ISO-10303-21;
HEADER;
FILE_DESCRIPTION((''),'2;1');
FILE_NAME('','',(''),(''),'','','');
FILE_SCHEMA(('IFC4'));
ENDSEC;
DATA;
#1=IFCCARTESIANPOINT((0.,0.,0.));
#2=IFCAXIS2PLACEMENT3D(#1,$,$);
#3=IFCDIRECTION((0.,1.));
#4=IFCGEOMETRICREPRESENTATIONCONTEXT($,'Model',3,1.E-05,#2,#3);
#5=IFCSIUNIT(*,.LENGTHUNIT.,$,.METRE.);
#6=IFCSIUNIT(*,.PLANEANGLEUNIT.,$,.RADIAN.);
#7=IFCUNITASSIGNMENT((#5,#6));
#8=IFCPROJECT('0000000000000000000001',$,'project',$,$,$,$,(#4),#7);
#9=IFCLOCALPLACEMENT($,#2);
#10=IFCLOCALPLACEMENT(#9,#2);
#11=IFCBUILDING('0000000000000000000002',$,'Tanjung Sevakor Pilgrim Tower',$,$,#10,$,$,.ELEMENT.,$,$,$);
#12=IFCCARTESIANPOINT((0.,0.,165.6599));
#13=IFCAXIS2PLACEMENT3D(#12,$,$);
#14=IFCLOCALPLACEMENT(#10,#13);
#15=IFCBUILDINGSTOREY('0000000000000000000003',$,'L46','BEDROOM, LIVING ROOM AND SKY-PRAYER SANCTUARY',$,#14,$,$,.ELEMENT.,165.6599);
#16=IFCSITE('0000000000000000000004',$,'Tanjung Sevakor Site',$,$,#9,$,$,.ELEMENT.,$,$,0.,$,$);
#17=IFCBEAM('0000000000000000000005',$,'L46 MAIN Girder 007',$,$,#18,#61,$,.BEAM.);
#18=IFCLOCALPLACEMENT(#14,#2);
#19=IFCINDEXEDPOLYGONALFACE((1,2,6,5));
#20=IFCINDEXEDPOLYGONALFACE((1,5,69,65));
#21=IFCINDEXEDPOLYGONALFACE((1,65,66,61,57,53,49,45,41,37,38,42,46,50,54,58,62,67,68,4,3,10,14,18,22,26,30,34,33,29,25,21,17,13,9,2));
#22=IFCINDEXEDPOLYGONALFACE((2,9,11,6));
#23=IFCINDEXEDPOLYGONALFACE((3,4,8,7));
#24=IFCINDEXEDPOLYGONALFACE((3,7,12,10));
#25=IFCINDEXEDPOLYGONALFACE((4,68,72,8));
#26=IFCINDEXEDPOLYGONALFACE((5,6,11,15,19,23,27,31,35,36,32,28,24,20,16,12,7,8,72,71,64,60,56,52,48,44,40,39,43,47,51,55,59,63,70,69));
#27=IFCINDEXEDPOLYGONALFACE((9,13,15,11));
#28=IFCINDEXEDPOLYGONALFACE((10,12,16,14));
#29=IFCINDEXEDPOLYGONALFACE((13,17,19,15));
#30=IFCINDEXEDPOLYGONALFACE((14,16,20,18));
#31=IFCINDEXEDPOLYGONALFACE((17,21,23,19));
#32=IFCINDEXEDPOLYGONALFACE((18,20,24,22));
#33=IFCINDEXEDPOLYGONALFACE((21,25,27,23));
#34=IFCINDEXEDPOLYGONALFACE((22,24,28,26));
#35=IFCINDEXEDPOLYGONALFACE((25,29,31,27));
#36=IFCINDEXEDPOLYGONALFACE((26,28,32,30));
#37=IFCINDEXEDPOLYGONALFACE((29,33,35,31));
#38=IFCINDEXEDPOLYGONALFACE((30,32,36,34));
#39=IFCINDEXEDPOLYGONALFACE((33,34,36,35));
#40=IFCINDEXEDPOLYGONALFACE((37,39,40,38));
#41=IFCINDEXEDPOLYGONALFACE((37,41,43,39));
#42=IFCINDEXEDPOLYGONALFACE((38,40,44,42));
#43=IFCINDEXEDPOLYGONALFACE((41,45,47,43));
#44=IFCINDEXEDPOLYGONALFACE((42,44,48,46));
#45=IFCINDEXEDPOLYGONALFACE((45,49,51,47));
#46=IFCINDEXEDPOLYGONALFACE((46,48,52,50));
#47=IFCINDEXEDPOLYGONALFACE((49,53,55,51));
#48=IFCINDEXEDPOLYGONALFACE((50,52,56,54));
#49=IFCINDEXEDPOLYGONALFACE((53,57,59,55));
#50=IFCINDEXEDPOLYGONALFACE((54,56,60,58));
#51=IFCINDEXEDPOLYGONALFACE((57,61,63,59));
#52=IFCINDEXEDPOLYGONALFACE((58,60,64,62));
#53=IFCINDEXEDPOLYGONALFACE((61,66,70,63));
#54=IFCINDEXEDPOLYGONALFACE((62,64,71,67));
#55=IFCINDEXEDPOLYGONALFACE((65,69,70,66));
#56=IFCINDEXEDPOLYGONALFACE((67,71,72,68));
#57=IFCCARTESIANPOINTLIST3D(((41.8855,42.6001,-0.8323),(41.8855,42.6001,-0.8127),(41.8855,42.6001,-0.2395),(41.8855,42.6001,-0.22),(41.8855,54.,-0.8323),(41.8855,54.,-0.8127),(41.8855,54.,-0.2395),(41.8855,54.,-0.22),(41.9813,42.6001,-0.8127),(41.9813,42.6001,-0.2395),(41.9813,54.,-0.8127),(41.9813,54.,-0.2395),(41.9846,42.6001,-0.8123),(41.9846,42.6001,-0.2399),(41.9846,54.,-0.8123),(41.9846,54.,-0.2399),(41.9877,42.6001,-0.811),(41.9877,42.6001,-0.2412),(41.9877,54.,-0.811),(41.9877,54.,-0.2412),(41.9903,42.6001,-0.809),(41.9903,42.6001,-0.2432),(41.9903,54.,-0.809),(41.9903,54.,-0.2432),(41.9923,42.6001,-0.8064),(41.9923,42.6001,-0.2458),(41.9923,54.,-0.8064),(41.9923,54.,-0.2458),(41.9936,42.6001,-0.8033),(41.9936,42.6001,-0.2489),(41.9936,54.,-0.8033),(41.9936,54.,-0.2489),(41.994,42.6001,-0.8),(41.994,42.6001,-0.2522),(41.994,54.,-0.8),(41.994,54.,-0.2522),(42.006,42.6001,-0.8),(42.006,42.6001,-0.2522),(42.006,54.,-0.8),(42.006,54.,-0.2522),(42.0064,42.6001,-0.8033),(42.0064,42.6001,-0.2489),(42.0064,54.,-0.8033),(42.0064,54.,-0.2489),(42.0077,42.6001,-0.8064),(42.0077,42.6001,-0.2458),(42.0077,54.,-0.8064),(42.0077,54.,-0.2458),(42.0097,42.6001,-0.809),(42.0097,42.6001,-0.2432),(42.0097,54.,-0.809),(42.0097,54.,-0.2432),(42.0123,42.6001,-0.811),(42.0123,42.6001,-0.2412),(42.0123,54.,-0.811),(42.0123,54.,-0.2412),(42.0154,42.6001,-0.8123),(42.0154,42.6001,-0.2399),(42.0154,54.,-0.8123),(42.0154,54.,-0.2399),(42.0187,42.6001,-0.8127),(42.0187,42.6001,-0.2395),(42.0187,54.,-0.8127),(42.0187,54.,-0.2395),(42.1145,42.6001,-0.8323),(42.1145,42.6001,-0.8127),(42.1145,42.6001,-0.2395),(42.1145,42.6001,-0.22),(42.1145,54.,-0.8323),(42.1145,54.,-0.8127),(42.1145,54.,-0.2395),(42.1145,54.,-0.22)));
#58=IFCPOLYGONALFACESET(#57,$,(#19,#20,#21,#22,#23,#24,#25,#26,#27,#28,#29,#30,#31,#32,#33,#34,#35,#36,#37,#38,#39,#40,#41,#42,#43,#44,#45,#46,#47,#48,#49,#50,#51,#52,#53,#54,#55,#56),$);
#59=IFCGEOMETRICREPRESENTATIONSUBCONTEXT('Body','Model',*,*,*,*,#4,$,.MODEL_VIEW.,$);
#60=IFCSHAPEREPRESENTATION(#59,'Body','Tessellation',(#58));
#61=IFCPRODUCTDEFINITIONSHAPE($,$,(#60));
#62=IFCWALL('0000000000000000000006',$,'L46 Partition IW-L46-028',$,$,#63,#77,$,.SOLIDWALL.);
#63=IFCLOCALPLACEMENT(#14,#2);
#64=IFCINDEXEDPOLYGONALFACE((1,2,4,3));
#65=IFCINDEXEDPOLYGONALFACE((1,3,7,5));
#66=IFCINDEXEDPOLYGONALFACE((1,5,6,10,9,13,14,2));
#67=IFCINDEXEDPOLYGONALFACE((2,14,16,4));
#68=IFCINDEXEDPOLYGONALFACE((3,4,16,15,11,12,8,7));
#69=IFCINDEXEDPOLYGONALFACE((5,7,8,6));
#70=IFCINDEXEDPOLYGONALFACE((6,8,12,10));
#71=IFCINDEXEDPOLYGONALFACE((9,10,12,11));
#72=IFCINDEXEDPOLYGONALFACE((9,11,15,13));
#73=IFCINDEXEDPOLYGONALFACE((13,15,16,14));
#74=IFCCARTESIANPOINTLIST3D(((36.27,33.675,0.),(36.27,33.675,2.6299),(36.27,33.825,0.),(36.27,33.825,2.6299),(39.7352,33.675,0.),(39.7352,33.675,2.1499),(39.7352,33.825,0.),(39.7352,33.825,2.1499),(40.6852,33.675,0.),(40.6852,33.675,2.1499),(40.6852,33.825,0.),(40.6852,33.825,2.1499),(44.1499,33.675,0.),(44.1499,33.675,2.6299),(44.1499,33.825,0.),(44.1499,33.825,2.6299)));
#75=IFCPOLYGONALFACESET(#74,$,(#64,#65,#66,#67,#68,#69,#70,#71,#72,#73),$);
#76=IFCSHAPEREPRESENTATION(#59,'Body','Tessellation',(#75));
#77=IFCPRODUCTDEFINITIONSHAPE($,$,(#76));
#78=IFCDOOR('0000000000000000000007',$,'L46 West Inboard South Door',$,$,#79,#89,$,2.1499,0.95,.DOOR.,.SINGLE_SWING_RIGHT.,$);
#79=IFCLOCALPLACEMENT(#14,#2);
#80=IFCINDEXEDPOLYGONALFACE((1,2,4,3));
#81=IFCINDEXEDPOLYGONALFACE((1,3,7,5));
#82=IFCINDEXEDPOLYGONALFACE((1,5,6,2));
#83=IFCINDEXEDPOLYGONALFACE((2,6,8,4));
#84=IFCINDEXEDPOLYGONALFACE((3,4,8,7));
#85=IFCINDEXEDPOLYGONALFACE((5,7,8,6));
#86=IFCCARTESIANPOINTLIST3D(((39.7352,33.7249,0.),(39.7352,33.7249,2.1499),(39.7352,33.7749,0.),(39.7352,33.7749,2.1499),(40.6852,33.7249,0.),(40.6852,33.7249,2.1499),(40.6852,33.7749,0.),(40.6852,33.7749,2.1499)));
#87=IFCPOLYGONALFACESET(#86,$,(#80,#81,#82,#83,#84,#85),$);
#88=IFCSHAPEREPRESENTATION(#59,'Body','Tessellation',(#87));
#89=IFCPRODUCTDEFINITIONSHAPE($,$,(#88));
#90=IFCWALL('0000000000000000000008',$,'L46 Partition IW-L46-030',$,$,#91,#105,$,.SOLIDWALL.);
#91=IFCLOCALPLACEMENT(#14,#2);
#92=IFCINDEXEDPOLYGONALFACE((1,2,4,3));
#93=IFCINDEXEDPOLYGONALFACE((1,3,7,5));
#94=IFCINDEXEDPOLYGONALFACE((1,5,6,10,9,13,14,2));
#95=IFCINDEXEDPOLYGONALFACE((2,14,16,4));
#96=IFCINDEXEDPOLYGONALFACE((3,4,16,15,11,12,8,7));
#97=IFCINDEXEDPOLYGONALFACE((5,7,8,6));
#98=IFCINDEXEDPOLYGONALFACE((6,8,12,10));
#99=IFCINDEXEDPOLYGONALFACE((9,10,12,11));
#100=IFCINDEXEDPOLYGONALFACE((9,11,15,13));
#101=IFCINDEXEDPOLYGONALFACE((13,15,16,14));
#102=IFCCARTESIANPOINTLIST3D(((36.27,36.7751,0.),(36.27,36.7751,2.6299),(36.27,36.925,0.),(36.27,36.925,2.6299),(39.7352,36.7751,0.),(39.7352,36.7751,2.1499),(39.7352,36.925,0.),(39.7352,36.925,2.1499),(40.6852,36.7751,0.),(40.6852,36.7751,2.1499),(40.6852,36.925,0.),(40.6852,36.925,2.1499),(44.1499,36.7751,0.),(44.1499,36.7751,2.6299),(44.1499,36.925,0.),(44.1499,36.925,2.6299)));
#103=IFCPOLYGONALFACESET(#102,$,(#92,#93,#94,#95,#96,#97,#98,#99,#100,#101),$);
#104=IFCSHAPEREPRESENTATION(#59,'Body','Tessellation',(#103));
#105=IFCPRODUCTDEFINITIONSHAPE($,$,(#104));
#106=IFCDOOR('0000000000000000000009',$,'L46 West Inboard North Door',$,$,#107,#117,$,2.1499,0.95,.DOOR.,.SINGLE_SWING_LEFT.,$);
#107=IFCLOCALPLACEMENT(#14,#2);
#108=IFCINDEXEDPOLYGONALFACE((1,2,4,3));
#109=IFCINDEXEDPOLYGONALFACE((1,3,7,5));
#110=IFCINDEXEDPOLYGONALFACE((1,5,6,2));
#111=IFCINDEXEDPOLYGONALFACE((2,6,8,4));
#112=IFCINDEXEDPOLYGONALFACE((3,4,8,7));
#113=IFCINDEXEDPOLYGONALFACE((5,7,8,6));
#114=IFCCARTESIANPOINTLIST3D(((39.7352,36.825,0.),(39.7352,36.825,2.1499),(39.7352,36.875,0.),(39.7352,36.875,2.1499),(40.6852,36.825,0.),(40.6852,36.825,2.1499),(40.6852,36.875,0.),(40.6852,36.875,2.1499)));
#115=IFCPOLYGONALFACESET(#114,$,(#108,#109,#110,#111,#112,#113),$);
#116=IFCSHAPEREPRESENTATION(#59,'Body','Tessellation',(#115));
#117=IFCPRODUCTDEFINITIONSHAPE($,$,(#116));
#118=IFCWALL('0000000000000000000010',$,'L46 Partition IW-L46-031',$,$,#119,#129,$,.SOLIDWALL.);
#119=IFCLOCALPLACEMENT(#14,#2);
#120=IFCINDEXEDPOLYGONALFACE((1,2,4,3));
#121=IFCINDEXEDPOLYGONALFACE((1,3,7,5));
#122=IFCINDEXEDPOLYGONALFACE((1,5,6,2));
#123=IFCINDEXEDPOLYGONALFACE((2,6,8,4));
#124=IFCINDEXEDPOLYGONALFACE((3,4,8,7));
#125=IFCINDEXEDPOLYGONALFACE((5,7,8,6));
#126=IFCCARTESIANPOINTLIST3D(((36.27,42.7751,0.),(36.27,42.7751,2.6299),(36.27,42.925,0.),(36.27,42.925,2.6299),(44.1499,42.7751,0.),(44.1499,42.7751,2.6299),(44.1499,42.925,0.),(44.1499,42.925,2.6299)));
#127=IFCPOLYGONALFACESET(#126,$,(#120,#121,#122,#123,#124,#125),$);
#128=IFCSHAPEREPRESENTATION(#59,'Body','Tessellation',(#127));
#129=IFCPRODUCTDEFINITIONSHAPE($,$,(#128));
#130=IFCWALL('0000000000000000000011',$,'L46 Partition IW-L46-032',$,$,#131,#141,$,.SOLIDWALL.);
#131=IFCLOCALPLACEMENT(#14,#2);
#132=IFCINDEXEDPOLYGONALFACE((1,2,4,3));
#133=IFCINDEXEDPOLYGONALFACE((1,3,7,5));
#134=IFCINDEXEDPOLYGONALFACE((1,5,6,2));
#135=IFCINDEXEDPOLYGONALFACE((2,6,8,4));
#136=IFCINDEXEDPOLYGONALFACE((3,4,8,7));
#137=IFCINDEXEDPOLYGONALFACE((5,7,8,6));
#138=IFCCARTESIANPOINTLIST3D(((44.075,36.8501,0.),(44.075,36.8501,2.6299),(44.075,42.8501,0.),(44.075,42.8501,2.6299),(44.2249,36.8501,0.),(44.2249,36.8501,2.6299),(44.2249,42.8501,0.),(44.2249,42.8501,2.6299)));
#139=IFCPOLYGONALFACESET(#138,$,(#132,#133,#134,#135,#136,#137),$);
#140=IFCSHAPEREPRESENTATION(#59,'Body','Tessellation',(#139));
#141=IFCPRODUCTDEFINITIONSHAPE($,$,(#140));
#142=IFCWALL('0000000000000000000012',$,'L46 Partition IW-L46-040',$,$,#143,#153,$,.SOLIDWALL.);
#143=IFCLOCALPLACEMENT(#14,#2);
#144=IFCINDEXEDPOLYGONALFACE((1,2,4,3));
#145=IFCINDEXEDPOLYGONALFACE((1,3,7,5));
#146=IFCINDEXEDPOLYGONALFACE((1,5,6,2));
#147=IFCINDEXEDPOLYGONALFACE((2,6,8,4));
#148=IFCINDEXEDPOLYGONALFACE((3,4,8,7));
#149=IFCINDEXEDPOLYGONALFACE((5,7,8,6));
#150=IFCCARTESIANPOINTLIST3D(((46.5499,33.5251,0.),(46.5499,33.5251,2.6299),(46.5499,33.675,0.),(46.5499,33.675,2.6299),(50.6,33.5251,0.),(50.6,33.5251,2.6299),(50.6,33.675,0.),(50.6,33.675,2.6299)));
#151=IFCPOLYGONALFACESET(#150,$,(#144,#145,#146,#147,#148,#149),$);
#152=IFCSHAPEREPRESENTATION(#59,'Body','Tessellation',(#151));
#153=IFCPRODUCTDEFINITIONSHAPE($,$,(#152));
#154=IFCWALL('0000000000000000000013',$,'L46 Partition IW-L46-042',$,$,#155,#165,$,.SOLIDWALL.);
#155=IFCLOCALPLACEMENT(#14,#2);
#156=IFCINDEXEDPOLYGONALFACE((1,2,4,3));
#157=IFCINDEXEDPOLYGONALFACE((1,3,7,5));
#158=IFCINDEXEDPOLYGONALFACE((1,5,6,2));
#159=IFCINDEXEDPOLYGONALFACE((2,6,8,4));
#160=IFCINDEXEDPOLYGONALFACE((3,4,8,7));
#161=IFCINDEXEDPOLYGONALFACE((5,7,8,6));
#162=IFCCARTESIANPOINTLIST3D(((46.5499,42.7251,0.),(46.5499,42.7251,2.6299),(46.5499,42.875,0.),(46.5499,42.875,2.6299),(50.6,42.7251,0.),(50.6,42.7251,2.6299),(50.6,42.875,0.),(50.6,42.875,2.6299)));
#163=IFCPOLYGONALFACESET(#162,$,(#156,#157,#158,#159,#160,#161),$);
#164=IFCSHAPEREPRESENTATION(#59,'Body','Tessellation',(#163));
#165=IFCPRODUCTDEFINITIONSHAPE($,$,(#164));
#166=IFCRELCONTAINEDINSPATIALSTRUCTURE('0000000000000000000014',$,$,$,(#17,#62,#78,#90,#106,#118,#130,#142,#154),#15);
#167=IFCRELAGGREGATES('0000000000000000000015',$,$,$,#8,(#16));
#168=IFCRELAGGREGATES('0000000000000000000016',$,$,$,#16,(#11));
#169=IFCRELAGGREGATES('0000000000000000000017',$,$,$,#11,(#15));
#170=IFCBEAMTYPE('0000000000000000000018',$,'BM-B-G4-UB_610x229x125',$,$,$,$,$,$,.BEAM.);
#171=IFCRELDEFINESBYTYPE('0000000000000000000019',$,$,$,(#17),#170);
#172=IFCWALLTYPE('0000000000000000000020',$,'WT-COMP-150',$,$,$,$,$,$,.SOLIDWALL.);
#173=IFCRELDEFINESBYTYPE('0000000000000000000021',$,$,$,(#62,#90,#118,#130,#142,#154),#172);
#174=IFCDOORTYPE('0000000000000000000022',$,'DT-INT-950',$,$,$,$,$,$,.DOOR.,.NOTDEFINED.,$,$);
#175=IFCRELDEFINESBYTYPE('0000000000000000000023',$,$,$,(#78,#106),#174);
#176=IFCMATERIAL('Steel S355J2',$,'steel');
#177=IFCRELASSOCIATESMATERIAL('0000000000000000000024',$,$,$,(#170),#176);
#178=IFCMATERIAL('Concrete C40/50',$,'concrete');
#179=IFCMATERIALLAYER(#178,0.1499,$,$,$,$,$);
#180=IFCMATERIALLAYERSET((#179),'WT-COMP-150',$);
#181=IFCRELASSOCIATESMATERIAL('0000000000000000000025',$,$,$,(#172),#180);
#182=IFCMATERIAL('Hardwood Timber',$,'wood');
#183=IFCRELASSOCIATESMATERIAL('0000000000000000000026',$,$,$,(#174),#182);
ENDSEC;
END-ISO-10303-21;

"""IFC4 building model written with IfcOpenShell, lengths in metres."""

from ifc_helpers import new_model, si_unit, direction, frame, frame_2d, origin, origin_2d, place, context, subcontext, project, spatial, rectangle, i_section, extrude, material, layer, layer_set, material_profile, profile_set, type_object, element, fill, save


model = new_model("IFC4")

# Units and contexts
model_context = context("Model", 3, precision=1e-05, world=origin(), true_north=direction((0.0, 1.0)))
body_context = subcontext(model_context, "Body", "Model", "MODEL_VIEW")
ifc_project = project(units=[si_unit("LENGTHUNIT", "METRE"), si_unit("PLANEANGLEUNIT", "RADIAN")], contexts=[model_context])

# Site, building, storey
site_placement = place(None, origin())
site = spatial("IfcSite", under=ifc_project, at=site_placement, Name="Tanjung Sevakor Site", CompositionType="ELEMENT", RefElevation=0.0)
building_placement = place(site_placement, origin())
building = spatial("IfcBuilding", under=site, at=building_placement, Name="Tanjung Sevakor Pilgrim Tower", CompositionType="ELEMENT")
storey_placement = place(building_placement, frame((0.0, 0.0, 165.6599)))
storey = spatial("IfcBuildingStorey", under=building, at=storey_placement, Name="L46", Description="BEDROOM, LIVING ROOM AND SKY-PRAYER SANCTUARY", CompositionType="ELEMENT", Elevation=165.6599)

# Beam
ifc_material_1 = material(Name="Steel S355J2", Category="steel")
ifc_material_profile_1 = material_profile(ifc_material_1, i_section(OverallWidth=0.229, OverallDepth=0.6123, WebThickness=0.012, FlangeThickness=0.0195, FilletRadius=0.0127, at=origin_2d()))
ifc_profile_set_1 = profile_set([ifc_material_profile_1], Name="Steel S355J2")
beam_type_1 = type_object("IfcBeamType", Name="BM-B-G4-UB_610x229x125", PredefinedType="BEAM", material=ifc_profile_set_1)
beam_1_placement = place(storey_placement, frame((42.0, 42.6001, -0.5261), z_axis=(0.0, 1.0, 0.0), x_axis=(-1.0, 0.0, 0.0)))
element("IfcBeam", 1, at=beam_1_placement, inside=storey, type_object=beam_type_1, Name="L46 MAIN Girder 007", PredefinedType="BEAM", context=body_context, shape_type="SweptSolid", body=[
    extrude(i_section(OverallWidth=0.229, OverallDepth=0.6123, WebThickness=0.012, FlangeThickness=0.0195, FilletRadius=0.0127, at=origin_2d()), origin(), (0.0, 0.0, 1.0), 11.3999),
])

# Walls, openings, doors
ifc_material_2 = material(Name="Concrete C40/50", Category="concrete")
ifc_layer = layer(ifc_material_2, 0.1499)
ifc_layer_set = layer_set([ifc_layer], Name="WT-COMP-150")
wall_type = type_object("IfcWallType", Name="WT-COMP-150", PredefinedType="SOLIDWALL", material=ifc_layer_set)
wall_1_placement = place(storey_placement, frame((36.27, 33.75, 0.0), z_axis=(0.0, 0.0, 1.0), x_axis=(1.0, 0.0, 0.0)))
wall_1 = element("IfcWall", 2, at=wall_1_placement, inside=storey, type_object=wall_type, Name="L46 Partition IW-L46-028", PredefinedType="SOLIDWALL", context=body_context, shape_type="SweptSolid", body=[
    extrude(rectangle(XDim=7.8799, YDim=0.1499, at=frame_2d((3.9399, 0.0))), origin(), (0.0, 0.0, 1.0), 2.6299),
])
opening_1_placement = place(wall_1_placement, frame((3.4651, 0.0, 0.0)))
opening_1 = element("IfcOpeningElement", 3, at=opening_1_placement, cuts=wall_1, PredefinedType="OPENING", context=body_context, shape_type="SweptSolid", body=[
    extrude(rectangle(XDim=0.95, YDim=2.1499, at=frame_2d((0.4751, 1.075))), frame((0.0, 0.085, 0.0), z_axis=(0.0, -1.0, 0.0), x_axis=(1.0, 0.0, 0.0)), (0.0, 0.0, 1.0), 0.1699),
])
ifc_material_3 = material(Name="Hardwood Timber", Category="wood")
door_type = type_object("IfcDoorType", Name="DT-INT-950", OperationType="NOTDEFINED", PredefinedType="DOOR", material=ifc_material_3)
door_1_placement = place(opening_1_placement, origin())
door_1 = element("IfcDoor", 4, at=door_1_placement, inside=storey, type_object=door_type, Name="L46 West Inboard South Door", OperationType="SINGLE_SWING_RIGHT", OverallHeight=2.1499, OverallWidth=0.95, PredefinedType="DOOR", context=body_context, shape_type="SweptSolid", body=[
    extrude(rectangle(XDim=0.95, YDim=2.1499, at=frame_2d((0.4751, 1.075))), frame((0.0, 0.0249, 0.0), z_axis=(0.0, -1.0, 0.0), x_axis=(1.0, 0.0, 0.0)), (0.0, 0.0, 1.0), 0.05),
])
fill(opening_1, door_1)
wall_2_placement = place(storey_placement, frame((36.27, 36.8501, 0.0), z_axis=(0.0, 0.0, 1.0), x_axis=(1.0, 0.0, 0.0)))
wall_2 = element("IfcWall", 5, at=wall_2_placement, inside=storey, type_object=wall_type, Name="L46 Partition IW-L46-030", PredefinedType="SOLIDWALL", context=body_context, shape_type="SweptSolid", body=[
    extrude(rectangle(XDim=7.8799, YDim=0.1499, at=frame_2d((3.9399, 0.0))), origin(), (0.0, 0.0, 1.0), 2.6299),
])
opening_2_placement = place(wall_2_placement, frame((3.4651, 0.0, 0.0)))
opening_2 = element("IfcOpeningElement", 6, at=opening_2_placement, cuts=wall_2, PredefinedType="OPENING", context=body_context, shape_type="SweptSolid", body=[
    extrude(rectangle(XDim=0.95, YDim=2.1499, at=frame_2d((0.4751, 1.075))), frame((0.0, 0.085, 0.0), z_axis=(0.0, -1.0, 0.0), x_axis=(1.0, 0.0, 0.0)), (0.0, 0.0, 1.0), 0.1699),
])
door_2_placement = place(opening_2_placement, origin())
door_2 = element("IfcDoor", 7, at=door_2_placement, inside=storey, type_object=door_type, Name="L46 West Inboard North Door", OperationType="SINGLE_SWING_LEFT", OverallHeight=2.1499, OverallWidth=0.95, PredefinedType="DOOR", context=body_context, shape_type="SweptSolid", body=[
    extrude(rectangle(XDim=0.95, YDim=2.1499, at=frame_2d((0.4751, 1.075))), frame((0.0, 0.0249, 0.0), z_axis=(0.0, -1.0, 0.0), x_axis=(1.0, 0.0, 0.0)), (0.0, 0.0, 1.0), 0.05),
])
fill(opening_2, door_2)

# Walls
wall_3_placement = place(storey_placement, frame((36.27, 42.8501, 0.0), z_axis=(0.0, 0.0, 1.0), x_axis=(1.0, 0.0, 0.0)))
element("IfcWall", 8, at=wall_3_placement, inside=storey, type_object=wall_type, Name="L46 Partition IW-L46-031", PredefinedType="SOLIDWALL", context=body_context, shape_type="SweptSolid", body=[
    extrude(rectangle(XDim=7.8799, YDim=0.1499, at=frame_2d((3.9399, 0.0))), origin(), (0.0, 0.0, 1.0), 2.6299),
])
wall_4_placement = place(storey_placement, frame((44.1499, 36.8501, 0.0), z_axis=(0.0, 0.0, 1.0), x_axis=(0.0, 1.0, 0.0)))
element("IfcWall", 9, at=wall_4_placement, inside=storey, type_object=wall_type, Name="L46 Partition IW-L46-032", PredefinedType="SOLIDWALL", context=body_context, shape_type="SweptSolid", body=[
    extrude(rectangle(XDim=6.0, YDim=0.1499, at=frame_2d((3.0, 0.0))), origin(), (0.0, 0.0, 1.0), 2.6299),
])
for number, where, z_axis, x_axis, name in (
    (10, (46.55, 33.6001, 0.0), (0.0, 0.0, 1.0), (1.0, 0.0, 0.0), "L46 Partition IW-L46-040"),
    (11, (46.55, 42.8, 0.0), (0.0, 0.0, 1.0), (1.0, 0.0, 0.0), "L46 Partition IW-L46-042"),
):
    element("IfcWall", number, at=place(storey_placement, frame(where, z_axis=z_axis, x_axis=x_axis)), inside=storey, type_object=wall_type, Name=name, PredefinedType="SOLIDWALL", context=body_context, shape_type="SweptSolid", body=[
        extrude(rectangle(XDim=4.05, YDim=0.1499, at=frame_2d((2.0249, 0.0))), origin(), (0.0, 0.0, 1.0), 2.6299),
    ])

save(model, "model.ifc")
